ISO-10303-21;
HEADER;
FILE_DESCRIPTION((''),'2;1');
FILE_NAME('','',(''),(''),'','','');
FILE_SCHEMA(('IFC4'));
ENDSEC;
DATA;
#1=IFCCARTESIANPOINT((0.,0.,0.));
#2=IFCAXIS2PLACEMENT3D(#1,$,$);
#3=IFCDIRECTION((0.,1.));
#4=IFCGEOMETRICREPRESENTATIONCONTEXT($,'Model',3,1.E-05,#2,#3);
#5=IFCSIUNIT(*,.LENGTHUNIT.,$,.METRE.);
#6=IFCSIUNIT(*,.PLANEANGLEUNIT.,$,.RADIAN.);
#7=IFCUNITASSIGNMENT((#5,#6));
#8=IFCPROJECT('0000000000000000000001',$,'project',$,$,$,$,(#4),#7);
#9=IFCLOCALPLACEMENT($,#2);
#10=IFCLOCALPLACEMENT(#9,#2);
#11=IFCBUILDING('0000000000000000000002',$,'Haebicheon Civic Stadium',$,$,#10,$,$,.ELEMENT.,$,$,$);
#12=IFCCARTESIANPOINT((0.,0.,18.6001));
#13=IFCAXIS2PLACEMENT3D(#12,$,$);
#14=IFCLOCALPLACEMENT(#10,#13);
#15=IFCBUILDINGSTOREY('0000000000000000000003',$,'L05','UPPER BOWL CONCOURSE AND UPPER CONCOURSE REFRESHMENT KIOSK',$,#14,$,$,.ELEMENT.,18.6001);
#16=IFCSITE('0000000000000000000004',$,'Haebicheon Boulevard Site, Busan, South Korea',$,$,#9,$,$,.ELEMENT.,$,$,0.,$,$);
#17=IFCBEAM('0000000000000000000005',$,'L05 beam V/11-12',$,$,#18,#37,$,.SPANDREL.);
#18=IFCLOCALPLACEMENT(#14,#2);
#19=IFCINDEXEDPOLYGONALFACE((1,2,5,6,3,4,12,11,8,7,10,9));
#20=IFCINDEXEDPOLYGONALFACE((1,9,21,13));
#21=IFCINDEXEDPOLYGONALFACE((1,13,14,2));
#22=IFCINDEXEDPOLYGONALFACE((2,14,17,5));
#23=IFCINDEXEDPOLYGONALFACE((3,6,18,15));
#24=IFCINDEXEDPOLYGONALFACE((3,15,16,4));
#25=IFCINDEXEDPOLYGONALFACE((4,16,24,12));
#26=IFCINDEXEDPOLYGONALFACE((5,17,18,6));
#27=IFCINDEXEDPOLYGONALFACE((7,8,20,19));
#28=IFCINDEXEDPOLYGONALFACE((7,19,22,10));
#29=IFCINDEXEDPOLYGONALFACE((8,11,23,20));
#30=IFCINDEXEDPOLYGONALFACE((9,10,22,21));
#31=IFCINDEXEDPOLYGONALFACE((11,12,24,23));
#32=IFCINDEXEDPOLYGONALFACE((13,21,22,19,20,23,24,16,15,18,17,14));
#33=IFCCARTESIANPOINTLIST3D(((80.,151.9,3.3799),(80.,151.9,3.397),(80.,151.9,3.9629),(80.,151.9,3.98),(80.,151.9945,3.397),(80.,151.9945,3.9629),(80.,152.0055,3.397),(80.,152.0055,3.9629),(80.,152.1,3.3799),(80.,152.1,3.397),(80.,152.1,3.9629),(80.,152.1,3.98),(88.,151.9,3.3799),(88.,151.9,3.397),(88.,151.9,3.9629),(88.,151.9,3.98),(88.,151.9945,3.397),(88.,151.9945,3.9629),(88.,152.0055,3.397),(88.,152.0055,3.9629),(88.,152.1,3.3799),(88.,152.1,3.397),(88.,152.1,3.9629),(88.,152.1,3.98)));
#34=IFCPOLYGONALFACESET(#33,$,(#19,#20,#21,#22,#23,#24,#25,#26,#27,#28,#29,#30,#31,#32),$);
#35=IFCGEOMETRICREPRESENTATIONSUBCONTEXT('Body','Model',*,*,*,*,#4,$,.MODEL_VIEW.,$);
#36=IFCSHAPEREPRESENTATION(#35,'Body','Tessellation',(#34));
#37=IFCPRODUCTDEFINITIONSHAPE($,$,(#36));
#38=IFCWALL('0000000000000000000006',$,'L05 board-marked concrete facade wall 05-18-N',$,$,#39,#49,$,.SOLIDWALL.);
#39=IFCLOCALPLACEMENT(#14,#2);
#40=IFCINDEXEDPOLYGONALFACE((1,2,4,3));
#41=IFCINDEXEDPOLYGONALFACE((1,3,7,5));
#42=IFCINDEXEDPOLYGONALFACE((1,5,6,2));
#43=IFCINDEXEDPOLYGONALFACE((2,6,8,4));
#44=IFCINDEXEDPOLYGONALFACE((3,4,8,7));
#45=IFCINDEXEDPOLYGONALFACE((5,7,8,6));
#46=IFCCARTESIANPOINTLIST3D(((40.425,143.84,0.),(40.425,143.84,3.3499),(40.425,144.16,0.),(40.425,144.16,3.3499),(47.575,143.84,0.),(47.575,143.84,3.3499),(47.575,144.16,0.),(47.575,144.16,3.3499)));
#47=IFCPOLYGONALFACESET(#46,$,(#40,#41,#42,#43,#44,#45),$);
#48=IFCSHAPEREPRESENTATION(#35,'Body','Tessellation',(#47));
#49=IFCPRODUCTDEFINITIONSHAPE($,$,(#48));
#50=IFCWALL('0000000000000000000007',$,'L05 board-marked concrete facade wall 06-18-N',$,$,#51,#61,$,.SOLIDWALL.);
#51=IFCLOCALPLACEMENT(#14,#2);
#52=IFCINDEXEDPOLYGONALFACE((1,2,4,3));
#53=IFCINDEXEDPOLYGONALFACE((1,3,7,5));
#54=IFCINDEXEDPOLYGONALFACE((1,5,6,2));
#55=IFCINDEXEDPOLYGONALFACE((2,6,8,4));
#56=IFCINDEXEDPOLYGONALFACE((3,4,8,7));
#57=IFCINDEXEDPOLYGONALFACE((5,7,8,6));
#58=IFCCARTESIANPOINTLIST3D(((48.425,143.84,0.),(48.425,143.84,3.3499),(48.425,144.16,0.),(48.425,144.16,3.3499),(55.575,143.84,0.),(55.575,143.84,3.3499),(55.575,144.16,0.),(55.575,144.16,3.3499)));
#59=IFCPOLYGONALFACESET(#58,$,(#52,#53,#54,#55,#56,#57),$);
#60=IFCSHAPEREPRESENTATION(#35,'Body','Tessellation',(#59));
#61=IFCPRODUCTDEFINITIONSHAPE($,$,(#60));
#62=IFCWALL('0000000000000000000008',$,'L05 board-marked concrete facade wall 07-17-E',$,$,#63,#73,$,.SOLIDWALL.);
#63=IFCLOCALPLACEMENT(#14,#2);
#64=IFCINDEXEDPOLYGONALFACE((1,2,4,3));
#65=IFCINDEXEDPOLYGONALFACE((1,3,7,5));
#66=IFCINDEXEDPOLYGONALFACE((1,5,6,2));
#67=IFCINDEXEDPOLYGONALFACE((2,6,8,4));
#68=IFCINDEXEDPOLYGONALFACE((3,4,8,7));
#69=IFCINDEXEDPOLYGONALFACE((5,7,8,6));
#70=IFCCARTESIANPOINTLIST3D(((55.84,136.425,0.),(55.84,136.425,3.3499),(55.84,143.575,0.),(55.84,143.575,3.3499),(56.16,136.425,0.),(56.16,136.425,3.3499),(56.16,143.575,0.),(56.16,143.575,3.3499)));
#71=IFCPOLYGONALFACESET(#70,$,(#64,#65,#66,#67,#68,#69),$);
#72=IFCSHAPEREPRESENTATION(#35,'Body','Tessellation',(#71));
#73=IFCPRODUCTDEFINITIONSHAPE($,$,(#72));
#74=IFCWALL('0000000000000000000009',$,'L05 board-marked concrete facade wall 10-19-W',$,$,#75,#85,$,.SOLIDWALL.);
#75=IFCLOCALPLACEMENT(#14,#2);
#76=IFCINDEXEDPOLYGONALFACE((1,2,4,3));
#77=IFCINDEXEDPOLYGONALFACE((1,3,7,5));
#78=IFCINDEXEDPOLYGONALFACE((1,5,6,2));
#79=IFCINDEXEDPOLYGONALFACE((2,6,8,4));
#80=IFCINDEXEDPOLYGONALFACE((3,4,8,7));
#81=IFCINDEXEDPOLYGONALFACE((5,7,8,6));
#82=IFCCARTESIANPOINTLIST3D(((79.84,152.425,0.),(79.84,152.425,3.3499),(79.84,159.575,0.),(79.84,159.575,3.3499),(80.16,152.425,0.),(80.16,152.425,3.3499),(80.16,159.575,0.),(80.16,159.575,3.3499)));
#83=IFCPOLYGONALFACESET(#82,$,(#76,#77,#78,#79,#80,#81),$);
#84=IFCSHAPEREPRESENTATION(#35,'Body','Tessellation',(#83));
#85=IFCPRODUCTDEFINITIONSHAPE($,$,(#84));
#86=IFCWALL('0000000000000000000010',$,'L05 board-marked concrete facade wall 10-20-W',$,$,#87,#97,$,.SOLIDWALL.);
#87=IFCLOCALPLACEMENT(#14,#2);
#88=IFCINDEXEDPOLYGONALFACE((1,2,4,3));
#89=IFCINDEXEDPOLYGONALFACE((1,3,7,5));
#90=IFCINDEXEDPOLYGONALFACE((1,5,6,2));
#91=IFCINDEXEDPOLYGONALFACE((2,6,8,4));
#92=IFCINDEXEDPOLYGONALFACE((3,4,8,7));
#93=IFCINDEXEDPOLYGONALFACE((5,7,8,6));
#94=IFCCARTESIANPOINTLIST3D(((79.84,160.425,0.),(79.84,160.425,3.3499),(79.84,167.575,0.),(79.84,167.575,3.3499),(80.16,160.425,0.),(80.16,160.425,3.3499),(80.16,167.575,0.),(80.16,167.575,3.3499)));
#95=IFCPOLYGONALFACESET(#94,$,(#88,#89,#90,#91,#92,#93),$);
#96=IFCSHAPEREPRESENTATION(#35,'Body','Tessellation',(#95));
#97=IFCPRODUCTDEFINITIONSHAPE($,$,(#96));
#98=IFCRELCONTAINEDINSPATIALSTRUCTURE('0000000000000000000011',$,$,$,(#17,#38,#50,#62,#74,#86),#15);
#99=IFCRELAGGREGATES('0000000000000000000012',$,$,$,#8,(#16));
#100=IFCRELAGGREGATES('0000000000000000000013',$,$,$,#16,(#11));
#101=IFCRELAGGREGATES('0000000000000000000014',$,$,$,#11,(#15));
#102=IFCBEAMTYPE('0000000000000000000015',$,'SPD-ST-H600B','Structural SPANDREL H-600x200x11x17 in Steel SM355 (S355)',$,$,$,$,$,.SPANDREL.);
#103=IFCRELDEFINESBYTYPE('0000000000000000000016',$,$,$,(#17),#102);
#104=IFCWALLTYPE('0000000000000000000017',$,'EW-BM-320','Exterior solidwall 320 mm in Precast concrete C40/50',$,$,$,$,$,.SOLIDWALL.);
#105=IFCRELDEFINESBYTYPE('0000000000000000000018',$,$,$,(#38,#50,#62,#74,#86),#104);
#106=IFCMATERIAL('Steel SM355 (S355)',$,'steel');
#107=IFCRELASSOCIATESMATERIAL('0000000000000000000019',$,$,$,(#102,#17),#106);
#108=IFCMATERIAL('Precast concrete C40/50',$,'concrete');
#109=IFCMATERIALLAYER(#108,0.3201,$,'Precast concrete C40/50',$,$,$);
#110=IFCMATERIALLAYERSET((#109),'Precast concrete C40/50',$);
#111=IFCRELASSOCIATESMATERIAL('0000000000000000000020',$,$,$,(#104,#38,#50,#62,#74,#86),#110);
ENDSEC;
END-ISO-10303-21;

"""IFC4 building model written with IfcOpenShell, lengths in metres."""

from ifc_helpers import new_model, si_unit, direction, frame, frame_2d, origin, origin_2d, place, context, subcontext, project, spatial, rectangle, i_section, extrude, material, layer, layer_set, material_profile, profile_set, type_object, element, save


model = new_model("IFC4")

# Units and contexts
model_context = context("Model", 3, precision=1e-05, world=origin(), true_north=direction((0.0, 1.0)))
body_context = subcontext(model_context, "Body", "Model", "MODEL_VIEW")
ifc_project = project(units=[si_unit("LENGTHUNIT", "METRE"), si_unit("PLANEANGLEUNIT", "RADIAN")], contexts=[model_context])

# Site, building, storey
site_placement = place(None, origin())
site = spatial("IfcSite", under=ifc_project, at=site_placement, Name="Haebicheon Boulevard Site, Busan, South Korea", CompositionType="ELEMENT", RefElevation=0.0)
building_placement = place(site_placement, origin())
building = spatial("IfcBuilding", under=site, at=building_placement, Name="Haebicheon Civic Stadium", CompositionType="ELEMENT")
storey_placement = place(building_placement, frame((0.0, 0.0, 18.6001)))
storey = spatial("IfcBuildingStorey", under=building, at=storey_placement, Name="L05", Description="UPPER BOWL CONCOURSE AND UPPER CONCOURSE REFRESHMENT KIOSK", CompositionType="ELEMENT", Elevation=18.6001)

# Beam
ifc_material_1 = material(Name="Steel SM355 (S355)", Category="steel")
ifc_material_profile_1 = material_profile(ifc_material_1, i_section(OverallWidth=0.2, OverallDepth=0.6001, WebThickness=0.011, FlangeThickness=0.0171, at=origin_2d()), Name="H-600x200x11x17")
ifc_profile_set_1 = profile_set([ifc_material_profile_1], Name="Steel SM355 (S355)")
beam_type_1 = type_object("IfcBeamType", Name="SPD-ST-H600B", Description="Structural SPANDREL H-600x200x11x17 in Steel SM355 (S355)", PredefinedType="SPANDREL", material=ifc_profile_set_1)
for number, where, z_axis, x_axis, name in (
    (1, (80.0, 152.0, 3.6799), (1.0, 0.0, 0.0), (0.0, 1.0, 0.0), "L05 beam V/11-12"),
):
    element("IfcBeam", number, at=place(storey_placement, frame(where, z_axis=z_axis, x_axis=x_axis)), inside=storey, type_object=beam_type_1, material=ifc_profile_set_1, Name=name, PredefinedType="SPANDREL", context=body_context, shape_type="SweptSolid", body=[
        extrude(i_section(OverallWidth=0.2, OverallDepth=0.6001, WebThickness=0.011, FlangeThickness=0.0171, at=origin_2d()), origin(), (0.0, 0.0, 1.0), 8.0),
    ])

# Walls
ifc_material_2 = material(Name="Precast concrete C40/50", Category="concrete")
ifc_layer = layer(ifc_material_2, 0.3201, Name="Precast concrete C40/50")
ifc_layer_set = layer_set([ifc_layer], Name="Precast concrete C40/50")
wall_type = type_object("IfcWallType", Name="EW-BM-320", Description="Exterior solidwall 320 mm in Precast concrete C40/50", PredefinedType="SOLIDWALL", material=ifc_layer_set)
for number, where, z_axis, x_axis, name in (
    (2, (40.425, 144.0, 0.0), (0.0, 0.0, 1.0), (1.0, 0.0, 0.0), "L05 board-marked concrete facade wall 05-18-N"),
    (3, (48.425, 144.0, 0.0), (0.0, 0.0, 1.0), (1.0, 0.0, 0.0), "L05 board-marked concrete facade wall 06-18-N"),
    (4, (56.0, 136.425, 0.0), (0.0, 0.0, 1.0), (0.0, 1.0, 0.0), "L05 board-marked concrete facade wall 07-17-E"),
    (5, (80.0, 152.425, 0.0), (0.0, 0.0, 1.0), (0.0, 1.0, 0.0), "L05 board-marked concrete facade wall 10-19-W"),
    (6, (80.0, 160.425, 0.0), (0.0, 0.0, 1.0), (0.0, 1.0, 0.0), "L05 board-marked concrete facade wall 10-20-W"),
):
    element("IfcWall", number, at=place(storey_placement, frame(where, z_axis=z_axis, x_axis=x_axis)), inside=storey, type_object=wall_type, material=ifc_layer_set, Name=name, PredefinedType="SOLIDWALL", context=body_context, shape_type="SweptSolid", body=[
        extrude(rectangle(XDim=7.1499, YDim=0.3201, at=frame_2d((3.575, 0.0))), origin(), (0.0, 0.0, 1.0), 3.3499),
    ])

save(model, "model.ifc")
